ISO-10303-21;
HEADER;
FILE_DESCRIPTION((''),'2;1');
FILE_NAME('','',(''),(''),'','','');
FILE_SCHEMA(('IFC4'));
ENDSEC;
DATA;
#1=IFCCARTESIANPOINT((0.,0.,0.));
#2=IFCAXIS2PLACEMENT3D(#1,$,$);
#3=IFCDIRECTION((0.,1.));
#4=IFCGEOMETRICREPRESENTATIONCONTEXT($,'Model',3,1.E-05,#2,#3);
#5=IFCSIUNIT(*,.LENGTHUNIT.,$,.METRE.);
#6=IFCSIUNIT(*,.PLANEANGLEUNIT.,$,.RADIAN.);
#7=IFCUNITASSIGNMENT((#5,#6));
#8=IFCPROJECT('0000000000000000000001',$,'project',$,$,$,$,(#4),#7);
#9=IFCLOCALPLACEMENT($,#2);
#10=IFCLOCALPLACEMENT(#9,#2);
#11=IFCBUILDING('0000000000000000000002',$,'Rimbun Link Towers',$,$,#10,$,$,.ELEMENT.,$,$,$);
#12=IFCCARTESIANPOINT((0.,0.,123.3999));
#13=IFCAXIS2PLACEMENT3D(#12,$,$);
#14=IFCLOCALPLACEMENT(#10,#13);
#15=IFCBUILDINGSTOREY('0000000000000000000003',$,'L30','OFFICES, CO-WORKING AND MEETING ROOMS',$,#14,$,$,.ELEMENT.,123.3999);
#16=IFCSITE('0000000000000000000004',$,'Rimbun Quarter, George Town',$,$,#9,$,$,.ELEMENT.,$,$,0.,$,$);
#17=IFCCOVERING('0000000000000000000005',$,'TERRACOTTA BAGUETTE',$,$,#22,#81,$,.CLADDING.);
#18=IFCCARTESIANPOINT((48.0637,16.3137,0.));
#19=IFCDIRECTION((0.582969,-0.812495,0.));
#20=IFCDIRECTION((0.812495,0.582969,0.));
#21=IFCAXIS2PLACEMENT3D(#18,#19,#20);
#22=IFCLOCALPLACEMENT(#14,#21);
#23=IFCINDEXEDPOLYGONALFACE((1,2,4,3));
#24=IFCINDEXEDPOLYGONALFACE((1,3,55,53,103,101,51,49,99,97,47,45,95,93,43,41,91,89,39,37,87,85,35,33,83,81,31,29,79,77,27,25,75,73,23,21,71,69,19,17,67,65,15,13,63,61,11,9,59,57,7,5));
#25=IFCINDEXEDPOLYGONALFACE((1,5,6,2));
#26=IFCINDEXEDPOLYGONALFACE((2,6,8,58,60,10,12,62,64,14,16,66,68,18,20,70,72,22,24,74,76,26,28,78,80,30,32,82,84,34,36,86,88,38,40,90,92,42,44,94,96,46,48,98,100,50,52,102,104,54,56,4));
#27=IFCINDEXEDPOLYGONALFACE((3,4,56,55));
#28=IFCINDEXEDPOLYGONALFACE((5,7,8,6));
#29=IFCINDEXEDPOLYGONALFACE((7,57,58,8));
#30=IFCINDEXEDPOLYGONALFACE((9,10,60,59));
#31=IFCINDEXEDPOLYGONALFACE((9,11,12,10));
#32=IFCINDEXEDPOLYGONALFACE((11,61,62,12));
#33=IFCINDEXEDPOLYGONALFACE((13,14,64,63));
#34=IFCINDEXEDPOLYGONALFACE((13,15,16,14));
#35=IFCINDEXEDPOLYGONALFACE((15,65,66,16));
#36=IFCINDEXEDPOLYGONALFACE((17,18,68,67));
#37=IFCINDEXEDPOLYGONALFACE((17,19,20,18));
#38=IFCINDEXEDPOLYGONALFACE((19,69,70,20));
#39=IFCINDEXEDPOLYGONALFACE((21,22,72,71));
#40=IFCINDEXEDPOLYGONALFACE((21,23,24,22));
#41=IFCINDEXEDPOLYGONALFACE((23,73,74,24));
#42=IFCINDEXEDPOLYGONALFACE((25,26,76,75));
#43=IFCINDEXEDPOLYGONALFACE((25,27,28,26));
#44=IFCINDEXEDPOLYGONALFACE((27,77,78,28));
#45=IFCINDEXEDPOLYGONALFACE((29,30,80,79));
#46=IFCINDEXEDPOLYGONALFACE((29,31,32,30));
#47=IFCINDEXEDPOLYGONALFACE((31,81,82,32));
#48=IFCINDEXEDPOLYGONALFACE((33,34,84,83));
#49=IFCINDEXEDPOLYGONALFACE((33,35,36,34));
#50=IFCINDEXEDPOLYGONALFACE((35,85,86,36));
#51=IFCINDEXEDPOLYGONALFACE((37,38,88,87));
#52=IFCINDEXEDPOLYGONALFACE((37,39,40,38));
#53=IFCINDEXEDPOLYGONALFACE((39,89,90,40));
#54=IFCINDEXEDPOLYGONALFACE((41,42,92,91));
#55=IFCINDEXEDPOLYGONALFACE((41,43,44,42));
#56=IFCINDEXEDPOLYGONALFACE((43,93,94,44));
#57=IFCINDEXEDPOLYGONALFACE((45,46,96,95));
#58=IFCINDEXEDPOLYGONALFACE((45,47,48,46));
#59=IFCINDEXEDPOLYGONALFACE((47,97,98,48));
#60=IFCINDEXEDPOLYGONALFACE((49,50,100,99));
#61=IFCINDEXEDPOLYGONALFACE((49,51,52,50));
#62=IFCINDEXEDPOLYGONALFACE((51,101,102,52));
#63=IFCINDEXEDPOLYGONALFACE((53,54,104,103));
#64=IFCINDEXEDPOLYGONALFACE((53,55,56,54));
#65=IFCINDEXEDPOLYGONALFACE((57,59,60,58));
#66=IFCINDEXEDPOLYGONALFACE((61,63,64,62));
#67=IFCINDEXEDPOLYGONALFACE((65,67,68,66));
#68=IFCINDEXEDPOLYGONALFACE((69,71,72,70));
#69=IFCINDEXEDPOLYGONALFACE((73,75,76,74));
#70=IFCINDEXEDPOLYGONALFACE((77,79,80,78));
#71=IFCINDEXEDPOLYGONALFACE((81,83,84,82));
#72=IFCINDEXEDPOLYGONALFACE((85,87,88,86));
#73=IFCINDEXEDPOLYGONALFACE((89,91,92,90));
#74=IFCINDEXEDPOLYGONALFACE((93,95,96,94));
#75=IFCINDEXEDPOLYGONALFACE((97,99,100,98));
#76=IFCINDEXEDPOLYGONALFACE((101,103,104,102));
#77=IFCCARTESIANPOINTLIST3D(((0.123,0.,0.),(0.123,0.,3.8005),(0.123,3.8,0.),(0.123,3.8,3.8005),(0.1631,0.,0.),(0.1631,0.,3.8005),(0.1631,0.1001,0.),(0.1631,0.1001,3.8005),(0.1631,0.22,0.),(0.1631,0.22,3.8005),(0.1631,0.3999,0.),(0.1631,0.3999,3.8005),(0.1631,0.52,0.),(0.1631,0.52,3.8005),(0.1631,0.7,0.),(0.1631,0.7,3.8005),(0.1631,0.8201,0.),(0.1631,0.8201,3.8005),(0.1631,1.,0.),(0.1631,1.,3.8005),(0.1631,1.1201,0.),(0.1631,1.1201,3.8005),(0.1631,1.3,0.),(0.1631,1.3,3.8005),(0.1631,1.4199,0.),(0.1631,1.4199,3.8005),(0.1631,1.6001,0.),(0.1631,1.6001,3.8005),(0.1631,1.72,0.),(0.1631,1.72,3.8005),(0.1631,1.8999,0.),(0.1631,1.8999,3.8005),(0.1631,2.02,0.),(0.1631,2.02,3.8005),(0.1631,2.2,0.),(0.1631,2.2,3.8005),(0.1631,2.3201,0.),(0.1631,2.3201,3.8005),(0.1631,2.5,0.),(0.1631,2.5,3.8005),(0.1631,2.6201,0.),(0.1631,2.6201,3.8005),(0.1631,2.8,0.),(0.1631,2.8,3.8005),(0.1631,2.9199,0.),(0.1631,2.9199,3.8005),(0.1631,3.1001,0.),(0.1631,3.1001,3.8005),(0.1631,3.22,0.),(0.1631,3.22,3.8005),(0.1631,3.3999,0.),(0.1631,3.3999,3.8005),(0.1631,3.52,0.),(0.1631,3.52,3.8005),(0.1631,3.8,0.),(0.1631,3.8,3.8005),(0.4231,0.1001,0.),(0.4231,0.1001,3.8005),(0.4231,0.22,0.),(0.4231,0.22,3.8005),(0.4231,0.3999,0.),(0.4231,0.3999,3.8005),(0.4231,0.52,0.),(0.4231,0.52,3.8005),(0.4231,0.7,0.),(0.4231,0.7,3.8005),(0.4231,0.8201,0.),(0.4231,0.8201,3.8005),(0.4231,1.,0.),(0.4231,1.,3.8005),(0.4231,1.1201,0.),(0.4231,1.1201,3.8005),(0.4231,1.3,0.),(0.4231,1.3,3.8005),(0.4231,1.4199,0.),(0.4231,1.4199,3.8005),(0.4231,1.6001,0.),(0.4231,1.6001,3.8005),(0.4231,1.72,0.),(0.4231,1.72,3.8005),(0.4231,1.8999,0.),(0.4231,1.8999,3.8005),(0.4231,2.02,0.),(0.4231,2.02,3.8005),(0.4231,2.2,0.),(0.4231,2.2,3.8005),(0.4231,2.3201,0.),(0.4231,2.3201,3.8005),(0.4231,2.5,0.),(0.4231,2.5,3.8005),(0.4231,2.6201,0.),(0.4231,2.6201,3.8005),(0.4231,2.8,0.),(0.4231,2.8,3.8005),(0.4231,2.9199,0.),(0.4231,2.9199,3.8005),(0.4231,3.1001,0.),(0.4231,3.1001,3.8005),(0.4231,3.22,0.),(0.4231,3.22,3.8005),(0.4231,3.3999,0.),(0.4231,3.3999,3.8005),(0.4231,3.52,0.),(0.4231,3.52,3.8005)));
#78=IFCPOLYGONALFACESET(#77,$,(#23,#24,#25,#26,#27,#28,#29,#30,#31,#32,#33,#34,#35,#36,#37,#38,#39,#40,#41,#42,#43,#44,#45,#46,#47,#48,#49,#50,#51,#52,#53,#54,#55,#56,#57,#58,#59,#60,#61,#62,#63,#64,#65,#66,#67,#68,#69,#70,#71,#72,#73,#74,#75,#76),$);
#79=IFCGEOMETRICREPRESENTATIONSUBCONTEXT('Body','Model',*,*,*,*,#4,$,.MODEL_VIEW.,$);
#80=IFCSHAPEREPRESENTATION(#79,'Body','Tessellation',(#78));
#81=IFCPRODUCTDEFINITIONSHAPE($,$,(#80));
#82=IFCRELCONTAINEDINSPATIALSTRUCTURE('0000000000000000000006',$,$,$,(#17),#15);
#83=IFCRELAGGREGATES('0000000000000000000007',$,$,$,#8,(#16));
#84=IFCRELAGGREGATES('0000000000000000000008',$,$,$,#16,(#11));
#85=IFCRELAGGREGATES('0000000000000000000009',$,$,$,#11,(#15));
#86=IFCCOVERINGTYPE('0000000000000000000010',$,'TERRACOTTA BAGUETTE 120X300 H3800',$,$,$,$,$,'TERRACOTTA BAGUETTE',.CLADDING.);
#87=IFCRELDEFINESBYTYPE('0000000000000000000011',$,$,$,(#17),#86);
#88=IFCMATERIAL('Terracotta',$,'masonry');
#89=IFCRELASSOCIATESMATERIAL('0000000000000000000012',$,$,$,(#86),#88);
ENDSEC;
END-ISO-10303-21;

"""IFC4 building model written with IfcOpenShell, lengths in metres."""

from ifc_helpers import new_model, si_unit, direction, frame, origin, place, context, subcontext, project, spatial, polyline, outline, extrude, material, material_profile, profile_set, type_object, element, save


model = new_model("IFC4")

# Units and contexts
model_context = context("Model", 3, precision=1e-05, world=origin(), true_north=direction((0.0, 1.0)))
body_context = subcontext(model_context, "Body", "Model", "MODEL_VIEW")
ifc_project = project(units=[si_unit("LENGTHUNIT", "METRE"), si_unit("PLANEANGLEUNIT", "RADIAN")], contexts=[model_context])

# Site, building, storey
site_placement = place(None, origin())
site = spatial("IfcSite", under=ifc_project, at=site_placement, Name="Rimbun Quarter, George Town", CompositionType="ELEMENT", RefElevation=0.0)
building_placement = place(site_placement, origin())
building = spatial("IfcBuilding", under=site, at=building_placement, Name="Rimbun Link Towers", CompositionType="ELEMENT")
storey_placement = place(building_placement, frame((0.0, 0.0, 123.3999)))
storey = spatial("IfcBuildingStorey", under=building, at=storey_placement, Name="L30", Description="OFFICES, CO-WORKING AND MEETING ROOMS", CompositionType="ELEMENT", Elevation=123.3999)

# Covering
ifc_material_1 = material(Name="Terracotta", Category="masonry")
ifc_material_profile_1 = material_profile(ifc_material_1, outline(polyline([(0.123, 0.0), (0.1631, 0.0), (0.1631, 0.1001), (0.4231, 0.1001), (0.4231, 0.22), (0.1631, 0.22), (0.1631, 0.3999), (0.4231, 0.3999), (0.4231, 0.52), (0.1631, 0.52), (0.1631, 0.7), (0.4231, 0.7), (0.4231, 0.8201), (0.1631, 0.8201), (0.1631, 1.0), (0.4231, 1.0), (0.4231, 1.1201), (0.1631, 1.1201), (0.1631, 1.3), (0.4231, 1.3), (0.4231, 1.4199), (0.1631, 1.4199), (0.1631, 1.6001), (0.4231, 1.6001), (0.4231, 1.72), (0.1631, 1.72), (0.1631, 1.8999), (0.4231, 1.8999), (0.4231, 2.02), (0.1631, 2.02), (0.1631, 2.2), (0.4231, 2.2), (0.4231, 2.3201), (0.1631, 2.3201), (0.1631, 2.5), (0.4231, 2.5), (0.4231, 2.6201), (0.1631, 2.6201), (0.1631, 2.8), (0.4231, 2.8), (0.4231, 2.9199), (0.1631, 2.9199), (0.1631, 3.1001), (0.4231, 3.1001), (0.4231, 3.22), (0.1631, 3.22), (0.1631, 3.3999), (0.4231, 3.3999), (0.4231, 3.52), (0.1631, 3.52), (0.1631, 3.8), (0.123, 3.8), (0.123, 0.0)])), Name="BAGUETTE 120X300")
ifc_profile_set_1 = profile_set([ifc_material_profile_1], Name="Terracotta")
covering_type = type_object("IfcCoveringType", Name="TERRACOTTA BAGUETTE 120X300 H3800", ElementType="TERRACOTTA BAGUETTE", PredefinedType="CLADDING", material=ifc_profile_set_1)
covering_1_placement = place(storey_placement, frame((48.0637, 16.3137, 0.0), z_axis=(0.582969, -0.812495, 0.0), x_axis=(0.812495, 0.582969, 0.0)))
element("IfcCovering", 1, at=covering_1_placement, inside=storey, type_object=covering_type, Name="TERRACOTTA BAGUETTE", PredefinedType="CLADDING", context=body_context, shape_type="SweptSolid", body=[
    extrude(outline(polyline([(0.123, 0.0), (0.1631, 0.0), (0.1631, 0.1001), (0.4231, 0.1001), (0.4231, 0.22), (0.1631, 0.22), (0.1631, 0.3999), (0.4231, 0.3999), (0.4231, 0.52), (0.1631, 0.52), (0.1631, 0.7), (0.4231, 0.7), (0.4231, 0.8201), (0.1631, 0.8201), (0.1631, 1.0), (0.4231, 1.0), (0.4231, 1.1201), (0.1631, 1.1201), (0.1631, 1.3), (0.4231, 1.3), (0.4231, 1.4199), (0.1631, 1.4199), (0.1631, 1.6001), (0.4231, 1.6001), (0.4231, 1.72), (0.1631, 1.72), (0.1631, 1.8999), (0.4231, 1.8999), (0.4231, 2.02), (0.1631, 2.02), (0.1631, 2.2), (0.4231, 2.2), (0.4231, 2.3201), (0.1631, 2.3201), (0.1631, 2.5), (0.4231, 2.5), (0.4231, 2.6201), (0.1631, 2.6201), (0.1631, 2.8), (0.4231, 2.8), (0.4231, 2.9199), (0.1631, 2.9199), (0.1631, 3.1001), (0.4231, 3.1001), (0.4231, 3.22), (0.1631, 3.22), (0.1631, 3.3999), (0.4231, 3.3999), (0.4231, 3.52), (0.1631, 3.52), (0.1631, 3.8), (0.123, 3.8), (0.123, 0.0)])), origin(), (0.0, 0.0, 1.0), 3.8005),
])

save(model, "model.ifc")
